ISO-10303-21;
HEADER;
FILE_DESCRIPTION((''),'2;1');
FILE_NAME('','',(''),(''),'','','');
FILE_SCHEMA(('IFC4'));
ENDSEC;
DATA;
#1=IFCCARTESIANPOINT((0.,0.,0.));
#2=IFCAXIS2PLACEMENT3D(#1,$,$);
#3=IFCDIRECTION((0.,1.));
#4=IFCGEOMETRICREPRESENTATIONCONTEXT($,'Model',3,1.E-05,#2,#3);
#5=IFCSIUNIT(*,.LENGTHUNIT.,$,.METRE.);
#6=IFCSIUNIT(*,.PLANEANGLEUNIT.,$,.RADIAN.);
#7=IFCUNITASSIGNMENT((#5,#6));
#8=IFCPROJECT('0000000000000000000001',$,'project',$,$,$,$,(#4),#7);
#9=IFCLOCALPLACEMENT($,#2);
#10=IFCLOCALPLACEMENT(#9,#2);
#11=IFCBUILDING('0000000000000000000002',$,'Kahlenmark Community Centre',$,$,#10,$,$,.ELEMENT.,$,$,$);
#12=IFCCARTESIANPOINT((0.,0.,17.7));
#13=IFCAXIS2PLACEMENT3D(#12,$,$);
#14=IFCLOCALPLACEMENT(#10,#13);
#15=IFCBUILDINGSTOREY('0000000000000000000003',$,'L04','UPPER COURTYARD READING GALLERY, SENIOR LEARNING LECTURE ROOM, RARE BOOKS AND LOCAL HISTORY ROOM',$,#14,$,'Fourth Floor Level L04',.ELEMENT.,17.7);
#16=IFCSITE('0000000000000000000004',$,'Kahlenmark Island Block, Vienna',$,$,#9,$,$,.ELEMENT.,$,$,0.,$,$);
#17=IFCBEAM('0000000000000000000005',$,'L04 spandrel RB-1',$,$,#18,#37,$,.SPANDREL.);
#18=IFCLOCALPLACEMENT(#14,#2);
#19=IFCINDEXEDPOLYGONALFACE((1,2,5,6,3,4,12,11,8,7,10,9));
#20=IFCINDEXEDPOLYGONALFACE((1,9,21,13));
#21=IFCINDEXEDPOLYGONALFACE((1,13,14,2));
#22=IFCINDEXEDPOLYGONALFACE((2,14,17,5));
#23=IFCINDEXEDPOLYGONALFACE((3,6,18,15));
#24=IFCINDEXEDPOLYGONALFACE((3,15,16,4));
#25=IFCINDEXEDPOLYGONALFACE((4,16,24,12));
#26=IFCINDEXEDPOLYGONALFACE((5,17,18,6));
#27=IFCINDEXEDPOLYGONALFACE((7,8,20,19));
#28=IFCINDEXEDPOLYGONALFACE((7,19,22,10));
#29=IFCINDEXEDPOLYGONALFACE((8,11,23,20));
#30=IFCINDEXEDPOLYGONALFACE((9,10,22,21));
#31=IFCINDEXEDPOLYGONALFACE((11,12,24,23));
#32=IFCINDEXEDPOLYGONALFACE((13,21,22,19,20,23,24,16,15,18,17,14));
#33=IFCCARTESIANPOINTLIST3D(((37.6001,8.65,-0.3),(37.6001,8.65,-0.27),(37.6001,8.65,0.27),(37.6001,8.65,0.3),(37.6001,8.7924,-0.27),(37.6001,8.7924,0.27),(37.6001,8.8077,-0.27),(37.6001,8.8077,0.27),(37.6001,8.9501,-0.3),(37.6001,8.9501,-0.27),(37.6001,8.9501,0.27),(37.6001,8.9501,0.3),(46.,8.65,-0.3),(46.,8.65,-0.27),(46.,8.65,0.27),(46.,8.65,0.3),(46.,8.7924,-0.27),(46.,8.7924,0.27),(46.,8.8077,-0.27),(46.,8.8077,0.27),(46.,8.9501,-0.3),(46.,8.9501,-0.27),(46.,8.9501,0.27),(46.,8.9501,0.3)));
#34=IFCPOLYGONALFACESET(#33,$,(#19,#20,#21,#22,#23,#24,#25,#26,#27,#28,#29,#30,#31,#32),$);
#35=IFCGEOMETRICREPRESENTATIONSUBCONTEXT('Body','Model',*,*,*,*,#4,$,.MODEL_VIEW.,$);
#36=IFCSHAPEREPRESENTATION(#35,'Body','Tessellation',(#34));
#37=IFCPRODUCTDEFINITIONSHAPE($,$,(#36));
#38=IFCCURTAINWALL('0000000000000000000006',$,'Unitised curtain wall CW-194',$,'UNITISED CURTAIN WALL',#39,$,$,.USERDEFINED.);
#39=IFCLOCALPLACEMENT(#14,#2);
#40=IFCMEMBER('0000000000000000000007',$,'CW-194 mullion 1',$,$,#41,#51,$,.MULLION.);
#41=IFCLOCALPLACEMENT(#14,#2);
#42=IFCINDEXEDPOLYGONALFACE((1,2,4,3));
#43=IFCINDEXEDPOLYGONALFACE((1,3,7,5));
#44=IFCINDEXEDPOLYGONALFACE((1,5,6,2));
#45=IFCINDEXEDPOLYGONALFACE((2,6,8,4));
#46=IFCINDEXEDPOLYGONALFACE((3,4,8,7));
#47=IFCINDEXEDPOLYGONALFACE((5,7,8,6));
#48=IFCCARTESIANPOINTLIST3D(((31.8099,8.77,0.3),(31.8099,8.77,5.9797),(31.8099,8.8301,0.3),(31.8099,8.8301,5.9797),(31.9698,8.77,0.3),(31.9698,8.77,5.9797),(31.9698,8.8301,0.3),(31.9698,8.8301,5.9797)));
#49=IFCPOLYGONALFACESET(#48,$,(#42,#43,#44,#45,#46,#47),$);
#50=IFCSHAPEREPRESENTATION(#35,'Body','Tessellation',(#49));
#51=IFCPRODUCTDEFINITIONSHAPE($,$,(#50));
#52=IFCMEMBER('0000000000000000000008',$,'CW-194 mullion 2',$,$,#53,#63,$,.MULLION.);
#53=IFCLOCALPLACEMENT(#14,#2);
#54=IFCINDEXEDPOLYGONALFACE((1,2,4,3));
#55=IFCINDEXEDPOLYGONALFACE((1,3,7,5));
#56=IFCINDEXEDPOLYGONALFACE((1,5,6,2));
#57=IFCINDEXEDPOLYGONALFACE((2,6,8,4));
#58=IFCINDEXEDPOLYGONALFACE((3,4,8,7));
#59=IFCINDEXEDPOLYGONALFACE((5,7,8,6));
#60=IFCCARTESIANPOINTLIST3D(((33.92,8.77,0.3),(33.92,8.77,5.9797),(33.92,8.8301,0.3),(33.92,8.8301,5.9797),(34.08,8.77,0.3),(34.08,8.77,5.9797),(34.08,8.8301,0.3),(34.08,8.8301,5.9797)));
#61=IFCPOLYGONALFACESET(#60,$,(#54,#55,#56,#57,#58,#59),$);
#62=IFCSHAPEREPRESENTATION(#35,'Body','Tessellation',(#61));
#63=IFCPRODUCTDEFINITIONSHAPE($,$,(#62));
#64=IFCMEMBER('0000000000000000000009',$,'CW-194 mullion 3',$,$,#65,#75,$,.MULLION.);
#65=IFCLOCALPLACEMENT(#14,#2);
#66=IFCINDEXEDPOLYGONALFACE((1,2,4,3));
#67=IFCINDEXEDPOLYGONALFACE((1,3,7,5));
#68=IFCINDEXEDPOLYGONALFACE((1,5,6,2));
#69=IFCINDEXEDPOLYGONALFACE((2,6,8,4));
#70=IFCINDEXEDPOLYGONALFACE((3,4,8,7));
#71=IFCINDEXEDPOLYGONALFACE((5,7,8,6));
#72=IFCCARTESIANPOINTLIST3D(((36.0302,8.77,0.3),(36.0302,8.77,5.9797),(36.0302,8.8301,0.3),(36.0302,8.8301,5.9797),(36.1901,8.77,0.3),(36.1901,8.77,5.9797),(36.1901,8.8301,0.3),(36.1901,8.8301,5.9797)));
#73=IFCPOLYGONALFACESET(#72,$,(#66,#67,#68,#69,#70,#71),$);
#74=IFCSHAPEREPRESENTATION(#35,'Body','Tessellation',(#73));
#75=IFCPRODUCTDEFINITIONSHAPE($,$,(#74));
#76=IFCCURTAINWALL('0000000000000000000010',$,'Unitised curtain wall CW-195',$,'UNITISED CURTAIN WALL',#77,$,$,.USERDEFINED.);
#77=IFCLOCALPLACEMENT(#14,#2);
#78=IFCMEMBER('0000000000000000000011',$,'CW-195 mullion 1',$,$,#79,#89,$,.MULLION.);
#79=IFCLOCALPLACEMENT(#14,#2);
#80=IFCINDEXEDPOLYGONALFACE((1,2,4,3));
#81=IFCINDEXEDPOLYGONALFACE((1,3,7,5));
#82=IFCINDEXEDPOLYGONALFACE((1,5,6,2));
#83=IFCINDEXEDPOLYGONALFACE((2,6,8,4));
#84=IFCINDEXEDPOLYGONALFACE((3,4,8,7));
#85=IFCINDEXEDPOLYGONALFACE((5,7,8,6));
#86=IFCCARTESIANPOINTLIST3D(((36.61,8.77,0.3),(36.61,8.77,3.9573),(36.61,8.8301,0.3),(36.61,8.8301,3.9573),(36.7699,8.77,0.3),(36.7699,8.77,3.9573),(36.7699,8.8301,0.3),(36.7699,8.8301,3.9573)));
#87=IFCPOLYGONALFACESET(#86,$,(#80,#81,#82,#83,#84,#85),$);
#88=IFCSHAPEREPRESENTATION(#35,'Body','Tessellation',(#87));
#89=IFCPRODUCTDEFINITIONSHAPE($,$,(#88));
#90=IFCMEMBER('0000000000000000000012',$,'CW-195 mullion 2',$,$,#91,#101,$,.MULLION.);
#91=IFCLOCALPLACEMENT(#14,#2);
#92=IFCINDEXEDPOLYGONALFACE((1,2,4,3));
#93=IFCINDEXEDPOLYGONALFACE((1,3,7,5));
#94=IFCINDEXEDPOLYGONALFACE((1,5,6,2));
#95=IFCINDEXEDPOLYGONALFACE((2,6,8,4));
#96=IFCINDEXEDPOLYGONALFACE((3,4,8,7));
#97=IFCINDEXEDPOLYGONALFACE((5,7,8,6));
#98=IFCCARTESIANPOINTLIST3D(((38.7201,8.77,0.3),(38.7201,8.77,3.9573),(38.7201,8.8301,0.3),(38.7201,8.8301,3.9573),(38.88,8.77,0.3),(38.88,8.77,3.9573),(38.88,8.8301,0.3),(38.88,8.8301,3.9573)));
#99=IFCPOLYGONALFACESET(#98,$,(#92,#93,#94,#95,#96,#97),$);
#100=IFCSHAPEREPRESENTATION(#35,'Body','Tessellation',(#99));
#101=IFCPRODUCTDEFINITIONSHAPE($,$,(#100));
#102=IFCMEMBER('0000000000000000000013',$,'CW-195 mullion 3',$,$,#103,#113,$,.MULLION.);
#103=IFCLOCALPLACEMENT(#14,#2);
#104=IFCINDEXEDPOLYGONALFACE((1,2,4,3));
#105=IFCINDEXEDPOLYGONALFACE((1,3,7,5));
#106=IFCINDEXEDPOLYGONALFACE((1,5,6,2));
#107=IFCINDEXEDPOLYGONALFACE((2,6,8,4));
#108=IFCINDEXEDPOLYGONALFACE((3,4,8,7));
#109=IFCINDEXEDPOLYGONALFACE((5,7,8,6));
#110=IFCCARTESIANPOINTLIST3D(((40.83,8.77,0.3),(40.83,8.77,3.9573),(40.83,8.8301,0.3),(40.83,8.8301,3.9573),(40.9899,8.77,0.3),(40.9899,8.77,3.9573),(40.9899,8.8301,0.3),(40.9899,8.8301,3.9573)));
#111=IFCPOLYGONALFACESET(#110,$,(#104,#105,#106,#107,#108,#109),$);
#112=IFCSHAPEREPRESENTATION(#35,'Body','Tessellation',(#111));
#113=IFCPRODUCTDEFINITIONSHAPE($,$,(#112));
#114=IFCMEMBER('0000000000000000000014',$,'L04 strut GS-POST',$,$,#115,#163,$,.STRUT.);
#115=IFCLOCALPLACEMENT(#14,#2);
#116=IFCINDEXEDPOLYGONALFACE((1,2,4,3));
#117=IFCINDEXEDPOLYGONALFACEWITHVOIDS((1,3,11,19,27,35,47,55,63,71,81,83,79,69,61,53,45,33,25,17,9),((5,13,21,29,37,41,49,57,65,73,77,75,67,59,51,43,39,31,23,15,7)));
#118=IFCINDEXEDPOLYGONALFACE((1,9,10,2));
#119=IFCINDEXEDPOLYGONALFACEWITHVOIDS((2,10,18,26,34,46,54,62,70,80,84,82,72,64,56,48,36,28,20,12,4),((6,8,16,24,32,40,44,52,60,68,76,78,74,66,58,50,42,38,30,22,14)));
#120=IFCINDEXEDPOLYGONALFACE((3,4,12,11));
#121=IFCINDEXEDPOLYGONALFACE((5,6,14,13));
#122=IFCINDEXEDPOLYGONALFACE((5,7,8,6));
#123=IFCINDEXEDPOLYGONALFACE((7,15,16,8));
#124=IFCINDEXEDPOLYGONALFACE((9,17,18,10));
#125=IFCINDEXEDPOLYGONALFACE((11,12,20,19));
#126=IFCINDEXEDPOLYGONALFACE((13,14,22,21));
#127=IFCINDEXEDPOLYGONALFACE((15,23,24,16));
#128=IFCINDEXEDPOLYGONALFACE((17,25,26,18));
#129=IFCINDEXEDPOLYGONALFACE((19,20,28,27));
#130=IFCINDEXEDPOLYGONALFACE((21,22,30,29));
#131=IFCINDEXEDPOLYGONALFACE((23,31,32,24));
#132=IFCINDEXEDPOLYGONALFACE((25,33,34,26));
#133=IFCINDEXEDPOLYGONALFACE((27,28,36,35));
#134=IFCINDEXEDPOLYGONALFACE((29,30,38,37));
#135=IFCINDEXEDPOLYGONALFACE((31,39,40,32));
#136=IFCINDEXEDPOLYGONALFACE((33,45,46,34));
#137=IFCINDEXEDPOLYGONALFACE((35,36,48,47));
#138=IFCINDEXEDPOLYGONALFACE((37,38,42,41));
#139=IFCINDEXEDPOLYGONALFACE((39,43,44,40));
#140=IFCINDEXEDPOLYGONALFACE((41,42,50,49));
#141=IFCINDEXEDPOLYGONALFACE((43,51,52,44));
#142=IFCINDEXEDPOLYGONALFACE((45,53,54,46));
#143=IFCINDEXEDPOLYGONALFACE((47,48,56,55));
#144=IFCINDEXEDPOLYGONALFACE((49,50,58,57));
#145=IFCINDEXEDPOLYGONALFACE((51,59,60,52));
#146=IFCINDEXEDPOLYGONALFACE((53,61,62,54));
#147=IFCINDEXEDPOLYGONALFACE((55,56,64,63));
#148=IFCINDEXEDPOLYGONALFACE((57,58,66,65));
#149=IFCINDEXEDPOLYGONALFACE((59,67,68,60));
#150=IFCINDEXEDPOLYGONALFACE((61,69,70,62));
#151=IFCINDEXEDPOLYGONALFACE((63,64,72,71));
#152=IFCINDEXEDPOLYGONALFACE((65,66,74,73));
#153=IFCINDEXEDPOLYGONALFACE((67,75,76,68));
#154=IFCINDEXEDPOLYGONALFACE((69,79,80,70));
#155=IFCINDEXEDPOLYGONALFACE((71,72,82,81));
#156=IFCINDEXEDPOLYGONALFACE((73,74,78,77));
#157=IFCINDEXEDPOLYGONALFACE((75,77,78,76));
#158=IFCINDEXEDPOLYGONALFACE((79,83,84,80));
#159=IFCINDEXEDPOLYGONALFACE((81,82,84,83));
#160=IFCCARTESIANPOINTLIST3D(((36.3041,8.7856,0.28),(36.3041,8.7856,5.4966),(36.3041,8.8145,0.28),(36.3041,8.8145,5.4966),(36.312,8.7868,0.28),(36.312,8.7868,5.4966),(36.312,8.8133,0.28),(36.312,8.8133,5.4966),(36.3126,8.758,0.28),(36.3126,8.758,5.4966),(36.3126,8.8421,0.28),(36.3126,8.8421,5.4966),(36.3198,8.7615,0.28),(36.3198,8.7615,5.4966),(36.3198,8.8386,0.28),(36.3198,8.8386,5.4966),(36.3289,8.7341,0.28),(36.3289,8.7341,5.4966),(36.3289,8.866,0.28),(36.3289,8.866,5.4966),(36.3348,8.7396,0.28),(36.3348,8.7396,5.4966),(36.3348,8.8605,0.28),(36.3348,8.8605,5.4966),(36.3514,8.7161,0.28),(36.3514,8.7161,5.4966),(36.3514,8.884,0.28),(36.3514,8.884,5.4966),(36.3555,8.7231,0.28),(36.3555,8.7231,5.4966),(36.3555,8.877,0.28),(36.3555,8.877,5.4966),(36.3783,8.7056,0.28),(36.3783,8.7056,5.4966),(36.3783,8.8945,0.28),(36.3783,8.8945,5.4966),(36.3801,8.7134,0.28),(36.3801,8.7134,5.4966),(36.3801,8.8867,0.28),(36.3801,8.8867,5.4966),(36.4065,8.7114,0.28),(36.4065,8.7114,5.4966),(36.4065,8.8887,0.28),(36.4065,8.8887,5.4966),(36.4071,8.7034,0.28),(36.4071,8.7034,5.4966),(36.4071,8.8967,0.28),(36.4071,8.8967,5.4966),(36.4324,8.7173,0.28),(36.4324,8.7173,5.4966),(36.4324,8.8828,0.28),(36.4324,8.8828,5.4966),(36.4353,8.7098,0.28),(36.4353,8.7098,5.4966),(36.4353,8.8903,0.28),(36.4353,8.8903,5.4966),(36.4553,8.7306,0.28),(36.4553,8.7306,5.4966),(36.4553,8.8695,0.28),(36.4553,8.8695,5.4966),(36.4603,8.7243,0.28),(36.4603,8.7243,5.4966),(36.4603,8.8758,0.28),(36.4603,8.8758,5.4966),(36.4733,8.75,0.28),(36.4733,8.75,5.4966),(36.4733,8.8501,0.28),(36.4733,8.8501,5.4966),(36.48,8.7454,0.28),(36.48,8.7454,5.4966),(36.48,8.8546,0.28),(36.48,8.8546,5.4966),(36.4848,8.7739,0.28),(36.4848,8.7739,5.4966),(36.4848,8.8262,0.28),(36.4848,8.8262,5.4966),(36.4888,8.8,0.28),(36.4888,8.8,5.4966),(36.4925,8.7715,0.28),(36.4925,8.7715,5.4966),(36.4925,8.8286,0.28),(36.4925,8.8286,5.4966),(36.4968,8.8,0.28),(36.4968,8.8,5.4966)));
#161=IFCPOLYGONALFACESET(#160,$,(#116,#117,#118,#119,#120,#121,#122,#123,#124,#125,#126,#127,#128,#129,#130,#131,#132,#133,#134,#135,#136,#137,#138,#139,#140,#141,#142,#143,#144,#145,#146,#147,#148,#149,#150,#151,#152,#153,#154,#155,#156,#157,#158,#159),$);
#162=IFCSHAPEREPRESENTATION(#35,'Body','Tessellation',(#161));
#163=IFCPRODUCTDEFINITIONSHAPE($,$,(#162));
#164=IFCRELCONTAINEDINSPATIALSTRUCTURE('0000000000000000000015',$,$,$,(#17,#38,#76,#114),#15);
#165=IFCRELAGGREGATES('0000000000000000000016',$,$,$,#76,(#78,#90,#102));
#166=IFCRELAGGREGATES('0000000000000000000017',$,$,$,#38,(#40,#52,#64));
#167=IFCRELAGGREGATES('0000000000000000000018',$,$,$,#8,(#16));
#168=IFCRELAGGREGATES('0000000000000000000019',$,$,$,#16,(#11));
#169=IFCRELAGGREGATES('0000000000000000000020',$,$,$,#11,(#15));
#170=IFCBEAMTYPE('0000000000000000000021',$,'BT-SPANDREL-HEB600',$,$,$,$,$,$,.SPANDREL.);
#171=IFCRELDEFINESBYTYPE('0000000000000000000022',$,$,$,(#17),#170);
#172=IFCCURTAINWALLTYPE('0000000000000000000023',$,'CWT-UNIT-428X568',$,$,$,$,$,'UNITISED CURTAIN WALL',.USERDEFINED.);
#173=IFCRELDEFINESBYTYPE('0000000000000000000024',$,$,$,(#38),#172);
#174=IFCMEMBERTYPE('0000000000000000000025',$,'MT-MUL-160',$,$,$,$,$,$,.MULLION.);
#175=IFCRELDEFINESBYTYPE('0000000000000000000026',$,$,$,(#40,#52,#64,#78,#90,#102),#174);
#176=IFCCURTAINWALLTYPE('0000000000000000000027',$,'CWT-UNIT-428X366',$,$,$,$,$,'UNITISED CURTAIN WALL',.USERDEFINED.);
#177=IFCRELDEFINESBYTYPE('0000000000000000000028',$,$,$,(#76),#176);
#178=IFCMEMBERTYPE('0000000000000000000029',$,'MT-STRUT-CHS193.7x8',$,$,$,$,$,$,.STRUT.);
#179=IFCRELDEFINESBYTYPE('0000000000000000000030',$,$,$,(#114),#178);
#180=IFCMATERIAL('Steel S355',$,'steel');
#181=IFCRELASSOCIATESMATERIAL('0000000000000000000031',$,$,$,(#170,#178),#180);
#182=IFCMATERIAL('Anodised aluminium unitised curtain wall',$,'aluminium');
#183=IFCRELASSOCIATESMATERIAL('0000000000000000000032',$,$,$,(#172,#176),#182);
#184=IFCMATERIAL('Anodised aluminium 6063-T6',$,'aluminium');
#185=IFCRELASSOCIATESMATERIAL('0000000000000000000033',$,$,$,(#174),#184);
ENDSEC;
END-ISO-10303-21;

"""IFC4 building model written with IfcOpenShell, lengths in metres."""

from ifc_helpers import new_model, si_unit, direction, frame, origin, origin_2d, place, context, subcontext, project, spatial, rectangle, hollow_circle, i_section, extrude, material, material_profile, profile_set, type_object, element, aggregate, save


model = new_model("IFC4")

# Units and contexts
model_context = context("Model", 3, precision=1e-05, world=origin(), true_north=direction((0.0, 1.0)))
body_context = subcontext(model_context, "Body", "Model", "MODEL_VIEW")
ifc_project = project(units=[si_unit("LENGTHUNIT", "METRE"), si_unit("PLANEANGLEUNIT", "RADIAN")], contexts=[model_context])

# Site, building, storey
site_placement = place(None, origin())
site = spatial("IfcSite", under=ifc_project, at=site_placement, Name="Kahlenmark Island Block, Vienna", CompositionType="ELEMENT", RefElevation=0.0)
building_placement = place(site_placement, origin())
building = spatial("IfcBuilding", under=site, at=building_placement, Name="Kahlenmark Community Centre", CompositionType="ELEMENT")
storey_placement = place(building_placement, frame((0.0, 0.0, 17.7)))
storey = spatial("IfcBuildingStorey", under=building, at=storey_placement, Name="L04", Description="UPPER COURTYARD READING GALLERY, SENIOR LEARNING LECTURE ROOM, RARE BOOKS AND LOCAL HISTORY ROOM", LongName="Fourth Floor Level L04", CompositionType="ELEMENT", Elevation=17.7)

# Beam
ifc_material_1 = material(Name="Steel S355", Category="steel")
ifc_material_profile_1 = material_profile(ifc_material_1, i_section(OverallWidth=0.3, OverallDepth=0.6001, WebThickness=0.0154, FlangeThickness=0.03, at=origin_2d()), Name="HEB 600")
ifc_profile_set_1 = profile_set([ifc_material_profile_1], Name="Steel S355")
beam_type = type_object("IfcBeamType", Name="BT-SPANDREL-HEB600", PredefinedType="SPANDREL", material=ifc_profile_set_1)
beam_placement = place(storey_placement, frame((37.6001, 8.8, 0.0), z_axis=(1.0, 0.0, 0.0), x_axis=(0.0, 1.0, 0.0)))
element("IfcBeam", 1, at=beam_placement, inside=storey, type_object=beam_type, Name="L04 spandrel RB-1", PredefinedType="SPANDREL", context=body_context, shape_type="SweptSolid", body=[
    extrude(i_section(OverallWidth=0.3, OverallDepth=0.6001, WebThickness=0.0154, FlangeThickness=0.03, at=origin_2d()), origin(), (0.0, 0.0, 1.0), 8.3999),
])

# Curtain walls, members
ifc_material_2 = material(Name="Anodised aluminium unitised curtain wall", Category="aluminium")
curtain_wall_type_1 = type_object("IfcCurtainWallType", Name="CWT-UNIT-428X568", ElementType="UNITISED CURTAIN WALL", PredefinedType="USERDEFINED", material=ifc_material_2)
curtain_wall_1_placement = place(storey_placement, origin())
curtain_wall_1 = element("IfcCurtainWall", 2, at=curtain_wall_1_placement, inside=storey, type_object=curtain_wall_type_1, Name="Unitised curtain wall CW-194", ObjectType="UNITISED CURTAIN WALL", PredefinedType="USERDEFINED")
ifc_material_3 = material(Name="Anodised aluminium 6063-T6", Category="aluminium")
ifc_material_profile_2 = material_profile(ifc_material_3, rectangle(XDim=0.0601, YDim=0.1599, at=origin_2d()), Name="ALU MULLION 60x160")
ifc_profile_set_2 = profile_set([ifc_material_profile_2], Name="Anodised aluminium 6063-T6")
member_type_1 = type_object("IfcMemberType", Name="MT-MUL-160", PredefinedType="MULLION", material=ifc_profile_set_2)
member_1_placement = place(storey_placement, frame((31.8899, 8.8, 0.3), z_axis=(0.0, 0.0, 1.0), x_axis=(0.0, 1.0, 0.0)))
member_1 = element("IfcMember", 3, at=member_1_placement, type_object=member_type_1, Name="CW-194 mullion 1", PredefinedType="MULLION", context=body_context, shape_type="SweptSolid", body=[
    extrude(rectangle(XDim=0.0601, YDim=0.1599, at=origin_2d()), origin(), (0.0, 0.0, 1.0), 5.6797),
])
member_2_placement = place(storey_placement, frame((34.0, 8.8, 0.3), z_axis=(0.0, 0.0, 1.0), x_axis=(0.0, 1.0, 0.0)))
member_2 = element("IfcMember", 4, at=member_2_placement, type_object=member_type_1, Name="CW-194 mullion 2", PredefinedType="MULLION", context=body_context, shape_type="SweptSolid", body=[
    extrude(rectangle(XDim=0.0601, YDim=0.1599, at=origin_2d()), origin(), (0.0, 0.0, 1.0), 5.6797),
])
member_3_placement = place(storey_placement, frame((36.1101, 8.8, 0.3), z_axis=(0.0, 0.0, 1.0), x_axis=(0.0, 1.0, 0.0)))
member_3 = element("IfcMember", 5, at=member_3_placement, type_object=member_type_1, Name="CW-194 mullion 3", PredefinedType="MULLION", context=body_context, shape_type="SweptSolid", body=[
    extrude(rectangle(XDim=0.0601, YDim=0.1599, at=origin_2d()), origin(), (0.0, 0.0, 1.0), 5.6797),
])
curtain_wall_type_2 = type_object("IfcCurtainWallType", Name="CWT-UNIT-428X366", ElementType="UNITISED CURTAIN WALL", PredefinedType="USERDEFINED", material=ifc_material_2)
curtain_wall_2_placement = place(storey_placement, origin())
curtain_wall_2 = element("IfcCurtainWall", 6, at=curtain_wall_2_placement, inside=storey, type_object=curtain_wall_type_2, Name="Unitised curtain wall CW-195", ObjectType="UNITISED CURTAIN WALL", PredefinedType="USERDEFINED")
member_4_placement = place(storey_placement, frame((36.6899, 8.8, 0.3), z_axis=(0.0, 0.0, 1.0), x_axis=(0.0, 1.0, 0.0)))
member_4 = element("IfcMember", 7, at=member_4_placement, type_object=member_type_1, Name="CW-195 mullion 1", PredefinedType="MULLION", context=body_context, shape_type="SweptSolid", body=[
    extrude(rectangle(XDim=0.0601, YDim=0.1599, at=origin_2d()), origin(), (0.0, 0.0, 1.0), 3.6572),
])
member_5_placement = place(storey_placement, frame((38.8, 8.8, 0.3), z_axis=(0.0, 0.0, 1.0), x_axis=(0.0, 1.0, 0.0)))
member_5 = element("IfcMember", 8, at=member_5_placement, type_object=member_type_1, Name="CW-195 mullion 2", PredefinedType="MULLION", context=body_context, shape_type="SweptSolid", body=[
    extrude(rectangle(XDim=0.0601, YDim=0.1599, at=origin_2d()), origin(), (0.0, 0.0, 1.0), 3.6572),
])
member_6_placement = place(storey_placement, frame((40.9099, 8.8, 0.3), z_axis=(0.0, 0.0, 1.0), x_axis=(0.0, 1.0, 0.0)))
member_6 = element("IfcMember", 9, at=member_6_placement, type_object=member_type_1, Name="CW-195 mullion 3", PredefinedType="MULLION", context=body_context, shape_type="SweptSolid", body=[
    extrude(rectangle(XDim=0.0601, YDim=0.1599, at=origin_2d()), origin(), (0.0, 0.0, 1.0), 3.6572),
])

# Member
ifc_material_profile_3 = material_profile(ifc_material_1, hollow_circle(Radius=0.0969, WallThickness=0.0081, at=origin_2d()), Name="CHS 193.7x8")
ifc_profile_set_3 = profile_set([ifc_material_profile_3], Name="Steel S355")
member_type_2 = type_object("IfcMemberType", Name="MT-STRUT-CHS193.7x8", PredefinedType="STRUT", material=ifc_profile_set_3)
member_7_placement = place(storey_placement, frame((36.3999, 8.8, 0.28), z_axis=(0.0, 0.0, 1.0), x_axis=(1.0, 0.0, 0.0)))
element("IfcMember", 10, at=member_7_placement, inside=storey, type_object=member_type_2, Name="L04 strut GS-POST", PredefinedType="STRUT", context=body_context, shape_type="SweptSolid", body=[
    extrude(hollow_circle(Radius=0.0969, WallThickness=0.0081, at=origin_2d()), origin(), (0.0, 0.0, 1.0), 5.2166),
])

aggregate(curtain_wall_2, [member_4, member_5, member_6])
aggregate(curtain_wall_1, [member_1, member_2, member_3])

save(model, "model.ifc")
